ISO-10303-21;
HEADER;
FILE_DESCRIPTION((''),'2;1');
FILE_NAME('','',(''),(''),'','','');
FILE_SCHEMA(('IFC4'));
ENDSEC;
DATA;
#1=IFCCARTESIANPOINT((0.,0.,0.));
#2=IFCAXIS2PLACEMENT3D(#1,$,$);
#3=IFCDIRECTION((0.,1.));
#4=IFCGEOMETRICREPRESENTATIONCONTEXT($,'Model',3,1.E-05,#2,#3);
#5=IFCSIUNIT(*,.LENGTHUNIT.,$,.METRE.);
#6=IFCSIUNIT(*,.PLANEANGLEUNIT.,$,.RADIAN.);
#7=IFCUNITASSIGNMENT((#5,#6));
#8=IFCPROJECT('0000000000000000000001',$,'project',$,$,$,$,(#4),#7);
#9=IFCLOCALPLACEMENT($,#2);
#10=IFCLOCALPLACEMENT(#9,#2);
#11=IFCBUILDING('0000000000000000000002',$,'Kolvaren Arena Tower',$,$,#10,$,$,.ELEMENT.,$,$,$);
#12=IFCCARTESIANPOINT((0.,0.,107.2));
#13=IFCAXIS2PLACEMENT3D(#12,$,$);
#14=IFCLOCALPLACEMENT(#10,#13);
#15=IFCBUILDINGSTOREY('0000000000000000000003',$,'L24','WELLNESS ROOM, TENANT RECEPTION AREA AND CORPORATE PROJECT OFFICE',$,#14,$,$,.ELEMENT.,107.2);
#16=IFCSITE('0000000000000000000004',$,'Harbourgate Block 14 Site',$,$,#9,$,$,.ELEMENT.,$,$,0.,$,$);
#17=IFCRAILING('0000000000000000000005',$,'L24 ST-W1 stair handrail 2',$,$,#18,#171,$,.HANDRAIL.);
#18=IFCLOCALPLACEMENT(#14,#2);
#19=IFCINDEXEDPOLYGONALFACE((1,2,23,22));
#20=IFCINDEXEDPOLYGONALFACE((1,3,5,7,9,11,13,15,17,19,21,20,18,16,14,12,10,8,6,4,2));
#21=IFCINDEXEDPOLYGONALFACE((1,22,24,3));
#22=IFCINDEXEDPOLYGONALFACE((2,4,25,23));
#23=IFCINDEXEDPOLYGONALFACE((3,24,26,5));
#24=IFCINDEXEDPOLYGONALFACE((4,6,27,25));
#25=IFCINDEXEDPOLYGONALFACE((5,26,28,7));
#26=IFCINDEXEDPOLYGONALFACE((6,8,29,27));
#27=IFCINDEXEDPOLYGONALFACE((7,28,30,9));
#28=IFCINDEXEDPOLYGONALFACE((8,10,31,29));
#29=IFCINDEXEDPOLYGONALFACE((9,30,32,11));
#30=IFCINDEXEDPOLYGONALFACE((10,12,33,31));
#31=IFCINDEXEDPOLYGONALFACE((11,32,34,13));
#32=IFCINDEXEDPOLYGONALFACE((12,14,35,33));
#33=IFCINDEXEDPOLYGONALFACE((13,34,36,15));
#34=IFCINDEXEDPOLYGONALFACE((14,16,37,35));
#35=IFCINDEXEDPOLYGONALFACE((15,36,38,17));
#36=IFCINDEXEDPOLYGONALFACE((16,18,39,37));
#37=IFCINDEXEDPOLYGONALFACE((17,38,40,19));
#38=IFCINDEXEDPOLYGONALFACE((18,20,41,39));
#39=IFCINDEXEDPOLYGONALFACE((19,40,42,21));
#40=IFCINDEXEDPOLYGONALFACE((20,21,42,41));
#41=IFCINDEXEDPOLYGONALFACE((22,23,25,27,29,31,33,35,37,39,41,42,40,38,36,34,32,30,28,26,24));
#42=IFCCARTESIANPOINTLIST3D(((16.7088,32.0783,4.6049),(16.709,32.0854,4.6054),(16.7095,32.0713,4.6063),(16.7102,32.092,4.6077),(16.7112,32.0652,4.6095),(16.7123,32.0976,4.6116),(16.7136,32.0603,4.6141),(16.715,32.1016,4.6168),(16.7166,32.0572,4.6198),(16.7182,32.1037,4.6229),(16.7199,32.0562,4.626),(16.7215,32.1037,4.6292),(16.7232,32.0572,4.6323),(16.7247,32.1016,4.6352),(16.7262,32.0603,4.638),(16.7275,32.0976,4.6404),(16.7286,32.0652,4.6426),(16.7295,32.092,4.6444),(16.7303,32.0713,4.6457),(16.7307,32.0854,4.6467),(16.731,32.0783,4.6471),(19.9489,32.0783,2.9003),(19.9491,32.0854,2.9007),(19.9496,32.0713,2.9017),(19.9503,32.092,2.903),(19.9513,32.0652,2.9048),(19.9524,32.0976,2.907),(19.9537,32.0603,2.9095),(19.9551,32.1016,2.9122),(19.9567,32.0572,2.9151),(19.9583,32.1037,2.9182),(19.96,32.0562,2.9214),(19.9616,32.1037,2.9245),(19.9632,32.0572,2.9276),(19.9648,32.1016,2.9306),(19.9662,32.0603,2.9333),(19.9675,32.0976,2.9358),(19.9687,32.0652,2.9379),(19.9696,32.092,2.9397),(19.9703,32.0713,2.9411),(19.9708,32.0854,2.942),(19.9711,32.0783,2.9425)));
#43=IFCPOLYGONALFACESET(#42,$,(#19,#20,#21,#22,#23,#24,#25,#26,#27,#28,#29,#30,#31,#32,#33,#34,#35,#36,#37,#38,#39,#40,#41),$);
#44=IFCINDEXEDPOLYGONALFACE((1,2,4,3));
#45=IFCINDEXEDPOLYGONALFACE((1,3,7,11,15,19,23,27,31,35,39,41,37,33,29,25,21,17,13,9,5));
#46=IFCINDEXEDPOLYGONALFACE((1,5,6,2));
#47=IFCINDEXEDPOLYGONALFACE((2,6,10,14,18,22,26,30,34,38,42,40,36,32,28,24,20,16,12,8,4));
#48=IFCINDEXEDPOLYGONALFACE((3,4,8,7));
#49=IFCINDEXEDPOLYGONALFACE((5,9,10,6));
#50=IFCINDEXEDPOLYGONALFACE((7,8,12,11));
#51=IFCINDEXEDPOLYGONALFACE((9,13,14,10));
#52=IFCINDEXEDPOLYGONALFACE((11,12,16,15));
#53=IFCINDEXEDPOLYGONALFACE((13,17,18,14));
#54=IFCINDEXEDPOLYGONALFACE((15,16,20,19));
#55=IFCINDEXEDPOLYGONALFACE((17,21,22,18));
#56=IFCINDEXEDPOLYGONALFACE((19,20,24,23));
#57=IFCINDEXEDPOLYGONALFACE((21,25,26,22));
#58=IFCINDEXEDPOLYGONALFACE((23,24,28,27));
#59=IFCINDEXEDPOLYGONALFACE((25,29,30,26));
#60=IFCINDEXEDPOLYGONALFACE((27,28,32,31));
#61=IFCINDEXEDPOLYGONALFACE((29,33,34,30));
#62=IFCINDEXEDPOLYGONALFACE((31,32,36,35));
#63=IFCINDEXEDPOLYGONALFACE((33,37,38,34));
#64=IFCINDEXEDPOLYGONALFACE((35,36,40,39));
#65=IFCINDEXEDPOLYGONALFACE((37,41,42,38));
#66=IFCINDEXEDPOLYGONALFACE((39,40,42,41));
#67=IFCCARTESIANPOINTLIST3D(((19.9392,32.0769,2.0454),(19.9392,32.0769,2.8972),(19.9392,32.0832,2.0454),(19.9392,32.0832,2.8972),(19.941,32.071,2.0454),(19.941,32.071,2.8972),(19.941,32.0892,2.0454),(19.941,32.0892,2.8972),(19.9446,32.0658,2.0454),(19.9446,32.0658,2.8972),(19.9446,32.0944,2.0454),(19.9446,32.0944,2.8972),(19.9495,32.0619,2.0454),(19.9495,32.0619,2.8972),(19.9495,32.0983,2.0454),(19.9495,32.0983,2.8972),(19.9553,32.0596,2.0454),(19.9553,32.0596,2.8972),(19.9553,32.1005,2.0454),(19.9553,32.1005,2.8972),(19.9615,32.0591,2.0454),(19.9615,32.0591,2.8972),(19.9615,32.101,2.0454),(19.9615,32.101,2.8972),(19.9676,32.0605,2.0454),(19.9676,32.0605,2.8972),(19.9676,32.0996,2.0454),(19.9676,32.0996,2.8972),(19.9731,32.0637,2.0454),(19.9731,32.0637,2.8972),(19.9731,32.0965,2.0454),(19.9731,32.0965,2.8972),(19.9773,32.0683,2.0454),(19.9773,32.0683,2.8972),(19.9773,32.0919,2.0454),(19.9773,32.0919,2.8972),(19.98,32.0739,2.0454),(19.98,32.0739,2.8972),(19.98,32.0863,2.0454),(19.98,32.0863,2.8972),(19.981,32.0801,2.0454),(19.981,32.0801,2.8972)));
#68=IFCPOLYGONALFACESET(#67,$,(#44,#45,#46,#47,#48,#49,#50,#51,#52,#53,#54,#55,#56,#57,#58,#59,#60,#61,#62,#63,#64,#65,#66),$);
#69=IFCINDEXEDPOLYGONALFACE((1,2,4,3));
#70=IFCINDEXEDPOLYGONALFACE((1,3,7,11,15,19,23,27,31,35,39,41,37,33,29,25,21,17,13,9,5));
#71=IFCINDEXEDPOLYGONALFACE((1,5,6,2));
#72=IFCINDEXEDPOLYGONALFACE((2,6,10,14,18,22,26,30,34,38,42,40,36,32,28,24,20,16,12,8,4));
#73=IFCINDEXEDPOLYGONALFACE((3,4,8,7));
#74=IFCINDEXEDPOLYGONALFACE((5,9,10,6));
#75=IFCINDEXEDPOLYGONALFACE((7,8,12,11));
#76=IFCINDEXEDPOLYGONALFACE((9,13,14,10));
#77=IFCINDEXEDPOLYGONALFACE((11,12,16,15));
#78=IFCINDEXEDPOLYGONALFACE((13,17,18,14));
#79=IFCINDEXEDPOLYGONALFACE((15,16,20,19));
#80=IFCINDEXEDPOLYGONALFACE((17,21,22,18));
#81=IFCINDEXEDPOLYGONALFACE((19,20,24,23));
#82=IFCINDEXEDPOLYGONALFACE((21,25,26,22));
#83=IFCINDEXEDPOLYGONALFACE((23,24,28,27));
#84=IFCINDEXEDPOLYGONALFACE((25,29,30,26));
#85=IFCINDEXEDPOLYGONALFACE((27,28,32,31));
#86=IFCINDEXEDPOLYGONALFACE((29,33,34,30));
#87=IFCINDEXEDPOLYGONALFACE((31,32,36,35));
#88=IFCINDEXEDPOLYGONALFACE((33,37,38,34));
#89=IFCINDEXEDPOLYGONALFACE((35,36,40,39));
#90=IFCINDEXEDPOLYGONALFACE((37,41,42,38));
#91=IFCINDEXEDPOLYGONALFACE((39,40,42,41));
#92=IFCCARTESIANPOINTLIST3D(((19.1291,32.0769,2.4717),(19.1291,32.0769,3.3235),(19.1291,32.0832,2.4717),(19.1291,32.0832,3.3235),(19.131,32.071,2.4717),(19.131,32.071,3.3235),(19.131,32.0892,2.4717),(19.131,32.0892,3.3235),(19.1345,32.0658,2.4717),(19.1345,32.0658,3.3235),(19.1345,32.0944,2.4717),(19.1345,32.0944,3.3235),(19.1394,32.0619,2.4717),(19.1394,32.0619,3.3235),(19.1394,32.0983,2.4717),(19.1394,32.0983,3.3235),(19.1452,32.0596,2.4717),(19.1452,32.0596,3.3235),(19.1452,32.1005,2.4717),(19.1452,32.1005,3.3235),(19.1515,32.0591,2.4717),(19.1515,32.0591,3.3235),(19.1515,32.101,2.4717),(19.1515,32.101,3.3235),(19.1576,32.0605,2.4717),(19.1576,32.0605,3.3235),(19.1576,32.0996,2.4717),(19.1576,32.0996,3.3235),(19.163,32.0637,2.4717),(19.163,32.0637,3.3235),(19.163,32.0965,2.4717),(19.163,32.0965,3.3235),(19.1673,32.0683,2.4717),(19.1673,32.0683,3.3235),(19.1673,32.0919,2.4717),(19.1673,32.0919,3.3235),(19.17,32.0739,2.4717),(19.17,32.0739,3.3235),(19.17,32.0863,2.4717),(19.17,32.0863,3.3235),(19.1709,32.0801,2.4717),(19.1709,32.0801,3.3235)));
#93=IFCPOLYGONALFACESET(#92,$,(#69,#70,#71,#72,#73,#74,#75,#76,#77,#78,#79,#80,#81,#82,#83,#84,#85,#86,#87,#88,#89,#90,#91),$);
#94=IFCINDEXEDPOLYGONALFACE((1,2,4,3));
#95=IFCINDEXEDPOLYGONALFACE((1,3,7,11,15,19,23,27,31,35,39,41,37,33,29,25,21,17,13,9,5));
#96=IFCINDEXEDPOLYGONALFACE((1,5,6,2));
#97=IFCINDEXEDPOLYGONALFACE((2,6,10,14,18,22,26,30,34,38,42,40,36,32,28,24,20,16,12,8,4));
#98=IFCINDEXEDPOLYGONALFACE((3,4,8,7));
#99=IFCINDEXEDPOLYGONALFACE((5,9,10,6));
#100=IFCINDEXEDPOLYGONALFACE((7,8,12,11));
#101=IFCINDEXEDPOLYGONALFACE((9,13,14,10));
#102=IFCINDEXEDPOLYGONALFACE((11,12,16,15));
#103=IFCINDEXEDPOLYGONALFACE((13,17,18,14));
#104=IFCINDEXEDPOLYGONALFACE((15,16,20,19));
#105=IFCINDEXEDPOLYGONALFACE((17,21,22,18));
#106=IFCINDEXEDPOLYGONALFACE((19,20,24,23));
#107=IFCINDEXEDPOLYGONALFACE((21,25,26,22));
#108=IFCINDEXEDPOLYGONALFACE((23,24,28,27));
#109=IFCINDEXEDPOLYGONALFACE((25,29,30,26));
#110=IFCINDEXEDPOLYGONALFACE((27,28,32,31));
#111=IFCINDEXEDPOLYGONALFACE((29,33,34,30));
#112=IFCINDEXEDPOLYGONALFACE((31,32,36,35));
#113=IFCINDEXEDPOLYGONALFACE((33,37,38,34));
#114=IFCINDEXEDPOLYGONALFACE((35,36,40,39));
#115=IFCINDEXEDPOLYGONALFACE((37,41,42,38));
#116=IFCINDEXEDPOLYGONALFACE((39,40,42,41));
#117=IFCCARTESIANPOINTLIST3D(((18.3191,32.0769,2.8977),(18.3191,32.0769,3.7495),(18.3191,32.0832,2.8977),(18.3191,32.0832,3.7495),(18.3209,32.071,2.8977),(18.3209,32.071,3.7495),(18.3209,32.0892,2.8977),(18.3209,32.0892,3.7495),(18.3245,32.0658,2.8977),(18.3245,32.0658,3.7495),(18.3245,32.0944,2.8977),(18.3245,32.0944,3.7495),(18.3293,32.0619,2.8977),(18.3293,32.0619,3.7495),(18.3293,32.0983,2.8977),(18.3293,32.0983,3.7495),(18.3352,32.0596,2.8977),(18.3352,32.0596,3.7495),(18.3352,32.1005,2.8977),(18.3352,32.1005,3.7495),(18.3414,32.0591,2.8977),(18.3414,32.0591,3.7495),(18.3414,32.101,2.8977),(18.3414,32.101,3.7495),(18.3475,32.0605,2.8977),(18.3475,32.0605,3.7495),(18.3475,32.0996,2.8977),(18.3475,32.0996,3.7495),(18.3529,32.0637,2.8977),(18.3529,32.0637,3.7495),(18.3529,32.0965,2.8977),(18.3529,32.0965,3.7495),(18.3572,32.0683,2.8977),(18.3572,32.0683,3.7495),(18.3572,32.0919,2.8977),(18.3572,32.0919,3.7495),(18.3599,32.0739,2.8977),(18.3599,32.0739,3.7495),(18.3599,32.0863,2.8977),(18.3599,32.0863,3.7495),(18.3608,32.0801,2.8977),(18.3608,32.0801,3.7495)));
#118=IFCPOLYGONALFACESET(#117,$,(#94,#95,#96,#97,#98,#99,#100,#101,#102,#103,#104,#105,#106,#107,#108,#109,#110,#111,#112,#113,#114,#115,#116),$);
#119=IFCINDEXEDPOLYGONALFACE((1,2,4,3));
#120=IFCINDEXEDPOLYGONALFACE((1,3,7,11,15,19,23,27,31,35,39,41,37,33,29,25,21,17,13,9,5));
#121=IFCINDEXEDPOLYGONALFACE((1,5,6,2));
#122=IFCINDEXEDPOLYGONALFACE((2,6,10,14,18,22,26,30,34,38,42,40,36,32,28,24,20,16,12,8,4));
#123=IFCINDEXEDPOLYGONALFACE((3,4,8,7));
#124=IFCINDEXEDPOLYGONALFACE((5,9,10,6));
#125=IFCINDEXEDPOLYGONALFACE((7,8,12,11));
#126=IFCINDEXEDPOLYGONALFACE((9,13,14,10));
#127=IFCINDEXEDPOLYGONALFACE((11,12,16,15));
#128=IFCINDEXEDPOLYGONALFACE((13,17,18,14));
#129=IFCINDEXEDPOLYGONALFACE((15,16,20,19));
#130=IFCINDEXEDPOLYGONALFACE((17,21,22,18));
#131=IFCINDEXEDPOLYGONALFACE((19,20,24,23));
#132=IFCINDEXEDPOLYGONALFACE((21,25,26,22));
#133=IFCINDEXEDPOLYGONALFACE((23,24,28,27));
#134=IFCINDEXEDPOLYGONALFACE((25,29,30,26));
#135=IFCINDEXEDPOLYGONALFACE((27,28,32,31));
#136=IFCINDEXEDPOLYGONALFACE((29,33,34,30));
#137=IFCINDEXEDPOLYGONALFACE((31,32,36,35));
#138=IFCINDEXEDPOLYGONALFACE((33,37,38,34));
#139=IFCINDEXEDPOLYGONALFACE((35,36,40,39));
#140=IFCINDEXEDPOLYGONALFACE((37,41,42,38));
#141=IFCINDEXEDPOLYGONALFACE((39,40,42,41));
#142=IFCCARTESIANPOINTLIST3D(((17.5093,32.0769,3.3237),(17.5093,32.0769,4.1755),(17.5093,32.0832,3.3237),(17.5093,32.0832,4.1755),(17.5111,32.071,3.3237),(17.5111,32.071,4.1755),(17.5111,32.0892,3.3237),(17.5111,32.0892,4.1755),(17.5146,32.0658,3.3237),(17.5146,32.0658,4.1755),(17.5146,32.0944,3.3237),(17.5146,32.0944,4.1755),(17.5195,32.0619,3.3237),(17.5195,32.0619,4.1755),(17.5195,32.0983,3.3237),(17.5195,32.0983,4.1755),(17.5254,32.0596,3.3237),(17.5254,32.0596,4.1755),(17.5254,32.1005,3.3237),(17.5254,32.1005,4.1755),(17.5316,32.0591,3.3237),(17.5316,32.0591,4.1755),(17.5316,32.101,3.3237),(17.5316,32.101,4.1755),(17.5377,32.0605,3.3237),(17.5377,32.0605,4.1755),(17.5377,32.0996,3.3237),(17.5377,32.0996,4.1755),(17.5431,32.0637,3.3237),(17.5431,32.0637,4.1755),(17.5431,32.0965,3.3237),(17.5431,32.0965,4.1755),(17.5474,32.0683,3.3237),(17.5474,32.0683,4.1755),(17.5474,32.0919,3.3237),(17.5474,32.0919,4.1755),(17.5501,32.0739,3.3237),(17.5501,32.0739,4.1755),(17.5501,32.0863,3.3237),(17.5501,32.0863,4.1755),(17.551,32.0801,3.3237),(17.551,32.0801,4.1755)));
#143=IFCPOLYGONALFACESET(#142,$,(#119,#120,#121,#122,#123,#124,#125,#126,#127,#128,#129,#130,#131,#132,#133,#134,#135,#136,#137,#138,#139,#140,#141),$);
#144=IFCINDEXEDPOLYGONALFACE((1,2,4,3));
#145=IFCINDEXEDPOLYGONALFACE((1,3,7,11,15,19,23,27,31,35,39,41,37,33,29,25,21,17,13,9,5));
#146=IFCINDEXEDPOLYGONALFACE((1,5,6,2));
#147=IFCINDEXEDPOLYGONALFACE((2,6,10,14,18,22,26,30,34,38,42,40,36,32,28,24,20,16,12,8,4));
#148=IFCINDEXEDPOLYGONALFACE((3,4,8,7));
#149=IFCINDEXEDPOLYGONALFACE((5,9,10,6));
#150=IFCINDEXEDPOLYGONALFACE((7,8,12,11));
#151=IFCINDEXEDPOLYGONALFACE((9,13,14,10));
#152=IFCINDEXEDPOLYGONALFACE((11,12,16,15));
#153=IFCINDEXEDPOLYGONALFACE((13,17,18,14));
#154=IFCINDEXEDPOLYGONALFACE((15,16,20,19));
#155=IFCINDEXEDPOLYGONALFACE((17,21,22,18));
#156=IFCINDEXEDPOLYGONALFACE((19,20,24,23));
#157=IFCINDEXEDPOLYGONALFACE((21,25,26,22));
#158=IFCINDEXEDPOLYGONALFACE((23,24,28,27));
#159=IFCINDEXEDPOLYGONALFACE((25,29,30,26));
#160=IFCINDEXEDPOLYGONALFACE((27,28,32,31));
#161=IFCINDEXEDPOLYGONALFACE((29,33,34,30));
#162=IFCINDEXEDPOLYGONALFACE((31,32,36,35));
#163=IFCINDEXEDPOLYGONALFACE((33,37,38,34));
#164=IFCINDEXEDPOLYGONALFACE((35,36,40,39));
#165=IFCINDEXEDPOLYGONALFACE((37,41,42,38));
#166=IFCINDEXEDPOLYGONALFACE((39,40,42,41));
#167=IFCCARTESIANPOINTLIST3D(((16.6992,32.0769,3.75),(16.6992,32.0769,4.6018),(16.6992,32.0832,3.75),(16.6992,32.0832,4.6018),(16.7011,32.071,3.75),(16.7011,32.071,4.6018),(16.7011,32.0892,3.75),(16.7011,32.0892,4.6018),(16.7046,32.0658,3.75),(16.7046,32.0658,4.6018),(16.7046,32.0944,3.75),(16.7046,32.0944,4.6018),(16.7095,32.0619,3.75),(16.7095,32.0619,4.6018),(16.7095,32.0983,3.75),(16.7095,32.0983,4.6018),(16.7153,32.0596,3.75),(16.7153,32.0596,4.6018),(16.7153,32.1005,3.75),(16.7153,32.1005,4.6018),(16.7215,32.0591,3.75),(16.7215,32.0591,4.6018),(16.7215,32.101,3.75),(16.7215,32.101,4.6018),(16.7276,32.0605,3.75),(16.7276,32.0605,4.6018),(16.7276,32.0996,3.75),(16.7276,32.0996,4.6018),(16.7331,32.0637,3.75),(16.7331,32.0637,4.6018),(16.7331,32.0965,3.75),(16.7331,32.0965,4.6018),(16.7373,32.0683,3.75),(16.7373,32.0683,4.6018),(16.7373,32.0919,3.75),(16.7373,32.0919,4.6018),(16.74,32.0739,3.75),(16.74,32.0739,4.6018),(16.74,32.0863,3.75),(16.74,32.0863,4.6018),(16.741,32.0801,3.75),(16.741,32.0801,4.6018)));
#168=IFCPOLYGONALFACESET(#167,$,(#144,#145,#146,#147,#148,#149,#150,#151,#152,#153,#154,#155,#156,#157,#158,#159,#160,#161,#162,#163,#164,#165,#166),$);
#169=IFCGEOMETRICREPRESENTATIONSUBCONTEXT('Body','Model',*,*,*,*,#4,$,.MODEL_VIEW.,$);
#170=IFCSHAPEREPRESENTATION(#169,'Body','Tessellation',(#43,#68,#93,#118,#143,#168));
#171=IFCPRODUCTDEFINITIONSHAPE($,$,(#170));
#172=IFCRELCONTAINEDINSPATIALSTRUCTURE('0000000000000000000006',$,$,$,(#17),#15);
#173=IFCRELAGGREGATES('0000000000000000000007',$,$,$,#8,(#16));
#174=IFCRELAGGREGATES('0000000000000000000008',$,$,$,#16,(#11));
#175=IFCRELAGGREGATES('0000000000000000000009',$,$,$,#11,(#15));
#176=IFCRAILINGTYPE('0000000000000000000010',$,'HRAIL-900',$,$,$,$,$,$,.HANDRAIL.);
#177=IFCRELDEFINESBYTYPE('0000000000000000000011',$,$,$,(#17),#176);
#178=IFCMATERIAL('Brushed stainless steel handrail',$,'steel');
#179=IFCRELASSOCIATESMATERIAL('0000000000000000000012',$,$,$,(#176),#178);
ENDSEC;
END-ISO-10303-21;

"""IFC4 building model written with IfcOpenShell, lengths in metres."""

from ifc_helpers import new_model, si_unit, direction, frame, origin, origin_2d, place, context, subcontext, project, spatial, circle, extrude, material, type_object, element, save


model = new_model("IFC4")

# Units and contexts
model_context = context("Model", 3, precision=1e-05, world=origin(), true_north=direction((0.0, 1.0)))
body_context = subcontext(model_context, "Body", "Model", "MODEL_VIEW")
ifc_project = project(units=[si_unit("LENGTHUNIT", "METRE"), si_unit("PLANEANGLEUNIT", "RADIAN")], contexts=[model_context])

# Site, building, storey
site_placement = place(None, origin())
site = spatial("IfcSite", under=ifc_project, at=site_placement, Name="Harbourgate Block 14 Site", CompositionType="ELEMENT", RefElevation=0.0)
building_placement = place(site_placement, origin())
building = spatial("IfcBuilding", under=site, at=building_placement, Name="Kolvaren Arena Tower", CompositionType="ELEMENT")
storey_placement = place(building_placement, frame((0.0, 0.0, 107.2)))
storey = spatial("IfcBuildingStorey", under=building, at=storey_placement, Name="L24", Description="WELLNESS ROOM, TENANT RECEPTION AREA AND CORPORATE PROJECT OFFICE", CompositionType="ELEMENT", Elevation=107.2)

# Railing
ifc_material_1 = material(Name="Brushed stainless steel handrail", Category="steel")
railing_type_1 = type_object("IfcRailingType", Name="HRAIL-900", PredefinedType="HANDRAIL", material=ifc_material_1)
railing_1_placement = place(storey_placement, frame((19.96, 32.0801, 2.0454)))
element("IfcRailing", 1, at=railing_1_placement, inside=storey, type_object=railing_type_1, Name="L24 ST-W1 stair handrail 2", PredefinedType="HANDRAIL", context=body_context, shape_type="SweptSolid", body=[
    extrude(circle(Radius=0.0239, at=origin_2d()), frame((0.0, 0.0, 0.876), z_axis=(-0.884993, 0.0, 0.465604), x_axis=(0.0, -1.0, 0.0)), (0.0, 0.0, 1.0), 3.6611),
    extrude(circle(Radius=0.021, at=origin_2d()), origin(), (0.0, 0.0, 1.0), 0.8518),
    extrude(circle(Radius=0.021, at=origin_2d()), frame((-0.8101, 0.0, 0.4263)), (0.0, 0.0, 1.0), 0.8518),
    extrude(circle(Radius=0.021, at=origin_2d()), frame((-1.6201, 0.0, 0.8523)), (0.0, 0.0, 1.0), 0.8518),
    extrude(circle(Radius=0.021, at=origin_2d()), frame((-2.4299, 0.0, 1.2783)), (0.0, 0.0, 1.0), 0.8518),
    extrude(circle(Radius=0.021, at=origin_2d()), frame((-3.24, 0.0, 1.7046)), (0.0, 0.0, 1.0), 0.8518),
])

save(model, "model.ifc")
